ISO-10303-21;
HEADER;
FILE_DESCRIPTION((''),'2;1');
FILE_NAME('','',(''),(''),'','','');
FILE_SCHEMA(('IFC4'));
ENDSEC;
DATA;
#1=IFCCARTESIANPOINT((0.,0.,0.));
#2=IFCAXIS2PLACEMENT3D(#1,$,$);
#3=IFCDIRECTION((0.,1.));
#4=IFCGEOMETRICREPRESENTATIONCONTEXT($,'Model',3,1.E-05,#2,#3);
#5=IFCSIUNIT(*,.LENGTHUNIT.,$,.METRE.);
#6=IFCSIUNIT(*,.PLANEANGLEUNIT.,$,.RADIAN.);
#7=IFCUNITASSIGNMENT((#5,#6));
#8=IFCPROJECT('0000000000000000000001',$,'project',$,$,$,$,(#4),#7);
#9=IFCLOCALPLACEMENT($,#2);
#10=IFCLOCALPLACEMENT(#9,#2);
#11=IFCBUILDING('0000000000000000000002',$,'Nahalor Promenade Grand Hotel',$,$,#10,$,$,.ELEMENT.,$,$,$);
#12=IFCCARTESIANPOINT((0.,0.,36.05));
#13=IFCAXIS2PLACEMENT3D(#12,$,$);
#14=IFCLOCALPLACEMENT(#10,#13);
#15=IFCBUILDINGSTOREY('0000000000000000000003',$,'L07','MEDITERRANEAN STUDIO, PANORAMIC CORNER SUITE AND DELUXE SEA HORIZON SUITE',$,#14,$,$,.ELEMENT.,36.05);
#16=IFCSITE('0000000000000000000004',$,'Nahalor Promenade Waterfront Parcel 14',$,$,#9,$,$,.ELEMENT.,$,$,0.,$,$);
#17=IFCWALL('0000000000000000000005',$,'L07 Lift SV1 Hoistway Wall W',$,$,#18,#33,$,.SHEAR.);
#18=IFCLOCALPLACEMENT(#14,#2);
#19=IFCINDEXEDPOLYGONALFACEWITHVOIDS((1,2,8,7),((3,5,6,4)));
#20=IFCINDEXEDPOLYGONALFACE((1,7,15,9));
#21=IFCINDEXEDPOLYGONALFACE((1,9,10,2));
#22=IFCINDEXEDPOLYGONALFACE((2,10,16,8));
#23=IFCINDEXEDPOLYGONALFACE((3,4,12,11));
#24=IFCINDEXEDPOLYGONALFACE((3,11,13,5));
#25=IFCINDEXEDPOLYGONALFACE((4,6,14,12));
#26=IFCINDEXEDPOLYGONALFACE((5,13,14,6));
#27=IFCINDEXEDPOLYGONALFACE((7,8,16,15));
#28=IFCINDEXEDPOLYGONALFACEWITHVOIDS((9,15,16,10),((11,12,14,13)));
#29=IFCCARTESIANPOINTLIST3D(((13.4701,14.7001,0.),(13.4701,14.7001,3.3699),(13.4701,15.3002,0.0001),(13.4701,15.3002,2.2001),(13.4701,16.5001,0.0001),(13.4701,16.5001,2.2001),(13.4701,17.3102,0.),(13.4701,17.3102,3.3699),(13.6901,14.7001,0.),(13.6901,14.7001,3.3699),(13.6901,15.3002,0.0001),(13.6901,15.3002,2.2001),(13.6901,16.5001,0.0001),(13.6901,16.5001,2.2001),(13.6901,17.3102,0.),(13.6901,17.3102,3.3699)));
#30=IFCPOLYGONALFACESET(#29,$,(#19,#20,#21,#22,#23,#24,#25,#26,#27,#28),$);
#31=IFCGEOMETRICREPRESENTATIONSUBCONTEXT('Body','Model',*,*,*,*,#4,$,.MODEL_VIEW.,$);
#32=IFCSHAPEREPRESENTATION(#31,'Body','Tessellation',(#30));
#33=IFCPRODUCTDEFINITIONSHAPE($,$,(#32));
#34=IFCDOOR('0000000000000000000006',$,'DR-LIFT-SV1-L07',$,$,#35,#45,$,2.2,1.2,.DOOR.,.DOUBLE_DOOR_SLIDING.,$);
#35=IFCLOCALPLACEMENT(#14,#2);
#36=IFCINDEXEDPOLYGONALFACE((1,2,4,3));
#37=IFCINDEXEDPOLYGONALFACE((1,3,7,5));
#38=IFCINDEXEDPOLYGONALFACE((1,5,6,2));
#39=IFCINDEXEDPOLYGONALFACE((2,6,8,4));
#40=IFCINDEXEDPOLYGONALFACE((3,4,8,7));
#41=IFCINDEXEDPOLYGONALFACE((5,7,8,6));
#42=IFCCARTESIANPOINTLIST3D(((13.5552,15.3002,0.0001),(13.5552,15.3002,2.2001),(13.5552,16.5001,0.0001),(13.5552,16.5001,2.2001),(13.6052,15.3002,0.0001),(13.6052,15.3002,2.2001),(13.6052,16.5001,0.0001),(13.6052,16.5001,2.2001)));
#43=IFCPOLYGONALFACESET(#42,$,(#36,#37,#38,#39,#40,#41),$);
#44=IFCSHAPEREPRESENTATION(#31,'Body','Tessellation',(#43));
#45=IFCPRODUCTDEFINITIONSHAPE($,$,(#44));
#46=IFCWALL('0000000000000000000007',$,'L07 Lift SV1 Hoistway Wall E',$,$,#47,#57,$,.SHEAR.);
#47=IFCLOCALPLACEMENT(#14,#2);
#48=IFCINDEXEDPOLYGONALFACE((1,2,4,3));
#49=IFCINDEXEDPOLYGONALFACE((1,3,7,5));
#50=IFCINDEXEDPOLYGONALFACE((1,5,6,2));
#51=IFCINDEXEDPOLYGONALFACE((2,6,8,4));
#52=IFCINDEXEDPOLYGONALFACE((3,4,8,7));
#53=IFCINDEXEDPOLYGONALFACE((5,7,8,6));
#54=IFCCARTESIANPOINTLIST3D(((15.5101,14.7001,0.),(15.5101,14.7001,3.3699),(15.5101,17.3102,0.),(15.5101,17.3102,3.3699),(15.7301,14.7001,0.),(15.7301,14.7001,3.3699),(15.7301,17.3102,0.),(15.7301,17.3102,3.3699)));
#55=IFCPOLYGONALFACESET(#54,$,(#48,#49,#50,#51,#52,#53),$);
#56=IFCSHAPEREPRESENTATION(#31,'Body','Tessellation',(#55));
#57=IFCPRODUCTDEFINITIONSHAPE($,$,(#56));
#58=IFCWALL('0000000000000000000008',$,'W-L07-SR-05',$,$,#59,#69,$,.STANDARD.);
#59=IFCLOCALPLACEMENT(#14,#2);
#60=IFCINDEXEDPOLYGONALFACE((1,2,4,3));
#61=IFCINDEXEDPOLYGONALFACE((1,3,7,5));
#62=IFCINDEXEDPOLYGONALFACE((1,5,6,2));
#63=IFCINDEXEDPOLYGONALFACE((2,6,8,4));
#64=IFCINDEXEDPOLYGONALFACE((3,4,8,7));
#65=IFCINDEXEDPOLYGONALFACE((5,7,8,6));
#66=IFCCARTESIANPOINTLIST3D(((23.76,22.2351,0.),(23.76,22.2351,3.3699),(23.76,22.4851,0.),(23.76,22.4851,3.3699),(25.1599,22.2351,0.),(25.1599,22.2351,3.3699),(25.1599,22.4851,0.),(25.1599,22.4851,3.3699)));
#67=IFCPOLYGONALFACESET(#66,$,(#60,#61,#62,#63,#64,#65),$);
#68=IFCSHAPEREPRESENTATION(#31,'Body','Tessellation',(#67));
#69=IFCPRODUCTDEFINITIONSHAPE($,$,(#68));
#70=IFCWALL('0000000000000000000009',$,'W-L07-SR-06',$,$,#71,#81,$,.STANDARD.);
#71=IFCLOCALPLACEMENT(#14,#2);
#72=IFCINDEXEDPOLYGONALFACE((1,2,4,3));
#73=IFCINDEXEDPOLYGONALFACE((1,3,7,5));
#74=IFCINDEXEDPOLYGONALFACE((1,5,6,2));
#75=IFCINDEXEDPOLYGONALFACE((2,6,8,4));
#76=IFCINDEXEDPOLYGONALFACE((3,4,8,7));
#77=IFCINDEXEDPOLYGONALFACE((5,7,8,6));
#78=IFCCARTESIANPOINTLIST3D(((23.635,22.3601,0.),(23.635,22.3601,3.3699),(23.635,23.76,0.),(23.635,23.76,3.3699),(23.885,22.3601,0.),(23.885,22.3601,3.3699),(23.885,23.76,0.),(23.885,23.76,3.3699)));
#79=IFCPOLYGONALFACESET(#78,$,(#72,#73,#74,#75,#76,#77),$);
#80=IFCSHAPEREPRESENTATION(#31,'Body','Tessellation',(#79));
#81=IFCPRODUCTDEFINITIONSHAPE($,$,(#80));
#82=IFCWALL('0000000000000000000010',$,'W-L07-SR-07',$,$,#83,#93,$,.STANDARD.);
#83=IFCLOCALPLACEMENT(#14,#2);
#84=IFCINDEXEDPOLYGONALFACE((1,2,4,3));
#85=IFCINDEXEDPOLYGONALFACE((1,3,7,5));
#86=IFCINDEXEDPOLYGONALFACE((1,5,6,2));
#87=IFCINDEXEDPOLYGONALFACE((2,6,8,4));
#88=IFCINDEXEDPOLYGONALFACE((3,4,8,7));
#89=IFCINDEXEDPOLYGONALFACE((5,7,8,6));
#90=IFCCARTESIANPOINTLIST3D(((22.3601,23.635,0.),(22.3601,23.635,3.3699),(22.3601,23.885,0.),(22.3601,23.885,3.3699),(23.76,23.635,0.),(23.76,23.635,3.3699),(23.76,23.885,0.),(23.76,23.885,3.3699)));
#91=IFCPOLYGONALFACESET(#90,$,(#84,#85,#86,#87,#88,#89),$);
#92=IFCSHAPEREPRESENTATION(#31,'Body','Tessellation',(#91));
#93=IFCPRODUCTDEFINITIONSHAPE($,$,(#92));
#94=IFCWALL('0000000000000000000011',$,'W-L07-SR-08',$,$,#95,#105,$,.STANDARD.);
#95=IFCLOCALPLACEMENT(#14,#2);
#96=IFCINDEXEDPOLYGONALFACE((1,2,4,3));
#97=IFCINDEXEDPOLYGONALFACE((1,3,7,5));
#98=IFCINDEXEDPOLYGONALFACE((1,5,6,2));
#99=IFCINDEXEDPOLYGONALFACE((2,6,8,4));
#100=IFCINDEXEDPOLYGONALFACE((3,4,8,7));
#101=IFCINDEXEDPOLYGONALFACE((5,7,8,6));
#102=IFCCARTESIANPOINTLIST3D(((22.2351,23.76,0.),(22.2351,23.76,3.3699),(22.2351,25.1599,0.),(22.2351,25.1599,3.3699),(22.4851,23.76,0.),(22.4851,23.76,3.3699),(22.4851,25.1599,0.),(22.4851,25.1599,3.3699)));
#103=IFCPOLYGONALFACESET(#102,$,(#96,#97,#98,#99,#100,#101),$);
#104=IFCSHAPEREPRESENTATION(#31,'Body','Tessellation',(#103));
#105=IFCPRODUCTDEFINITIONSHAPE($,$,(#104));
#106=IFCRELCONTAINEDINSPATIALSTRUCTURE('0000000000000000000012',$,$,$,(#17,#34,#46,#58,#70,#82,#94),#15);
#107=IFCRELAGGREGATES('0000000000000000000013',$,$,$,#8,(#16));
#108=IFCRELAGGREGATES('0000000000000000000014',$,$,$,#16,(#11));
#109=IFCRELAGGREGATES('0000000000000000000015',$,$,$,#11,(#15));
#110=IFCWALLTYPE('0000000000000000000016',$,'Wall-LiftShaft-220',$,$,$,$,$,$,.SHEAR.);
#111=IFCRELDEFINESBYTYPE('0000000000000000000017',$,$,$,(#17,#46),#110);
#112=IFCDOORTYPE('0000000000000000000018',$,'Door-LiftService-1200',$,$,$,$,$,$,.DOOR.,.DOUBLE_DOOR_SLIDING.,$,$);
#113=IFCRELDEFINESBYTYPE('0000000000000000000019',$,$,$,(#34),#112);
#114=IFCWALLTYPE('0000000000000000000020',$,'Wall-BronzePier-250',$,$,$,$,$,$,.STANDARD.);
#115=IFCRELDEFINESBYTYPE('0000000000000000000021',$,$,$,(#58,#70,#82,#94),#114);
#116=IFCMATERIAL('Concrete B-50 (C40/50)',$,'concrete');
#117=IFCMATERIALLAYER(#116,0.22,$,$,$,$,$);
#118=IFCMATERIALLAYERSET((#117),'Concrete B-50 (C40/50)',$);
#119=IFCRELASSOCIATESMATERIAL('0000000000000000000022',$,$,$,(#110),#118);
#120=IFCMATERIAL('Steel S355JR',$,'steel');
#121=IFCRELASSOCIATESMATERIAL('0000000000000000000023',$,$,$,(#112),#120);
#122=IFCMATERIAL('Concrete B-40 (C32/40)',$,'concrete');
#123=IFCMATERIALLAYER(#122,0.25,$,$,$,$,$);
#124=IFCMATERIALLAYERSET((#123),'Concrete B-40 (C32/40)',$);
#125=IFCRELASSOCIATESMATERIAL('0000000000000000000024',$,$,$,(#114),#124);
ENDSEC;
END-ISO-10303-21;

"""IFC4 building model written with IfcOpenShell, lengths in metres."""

from ifc_helpers import new_model, si_unit, direction, frame, frame_2d, origin, place, context, subcontext, project, spatial, rectangle, extrude, source, transform, mapped, material, layer, layer_set, type_object, element, fill, save


model = new_model("IFC4")

# Units and contexts
model_context = context("Model", 3, precision=1e-05, world=origin(), true_north=direction((0.0, 1.0)))
body_context = subcontext(model_context, "Body", "Model", "MODEL_VIEW")
ifc_project = project(units=[si_unit("LENGTHUNIT", "METRE"), si_unit("PLANEANGLEUNIT", "RADIAN")], contexts=[model_context])

# Site, building, storey
site_placement = place(None, origin())
site = spatial("IfcSite", under=ifc_project, at=site_placement, Name="Nahalor Promenade Waterfront Parcel 14", CompositionType="ELEMENT", RefElevation=0.0)
building_placement = place(site_placement, origin())
building = spatial("IfcBuilding", under=site, at=building_placement, Name="Nahalor Promenade Grand Hotel", CompositionType="ELEMENT")
storey_placement = place(building_placement, frame((0.0, 0.0, 36.05)))
storey = spatial("IfcBuildingStorey", under=building, at=storey_placement, Name="L07", Description="MEDITERRANEAN STUDIO, PANORAMIC CORNER SUITE AND DELUXE SEA HORIZON SUITE", CompositionType="ELEMENT", Elevation=36.05)

# Shared definitions
ifc_material_1 = material(Name="Steel S355JR", Category="steel")

# Shared definitions
ifc_material_2 = material(Name="Concrete B-50 (C40/50)", Category="concrete")
ifc_layer_1 = layer(ifc_material_2, 0.22)
ifc_layer_set_1 = layer_set([ifc_layer_1], Name="Concrete B-50 (C40/50)")
wall_type_1 = type_object("IfcWallType", Name="Wall-LiftShaft-220", PredefinedType="SHEAR", material=ifc_layer_set_1)

# Wall, opening, door
shared_shape_1 = source(origin(), body_context, "Body", "SweptSolid", [
    extrude(rectangle(XDim=2.6101, YDim=0.22, at=frame_2d((1.3052, 0.0))), origin(), (0.0, 0.0, 1.0), 3.3699),
])
wall_1_placement = place(storey_placement, frame((13.5801, 14.7, 0.0), z_axis=(0.0, 0.0, 1.0), x_axis=(0.0, 1.0, 0.0)))
wall_1 = element("IfcWall", 1, at=wall_1_placement, inside=storey, type_object=wall_type_1, Name="L07 Lift SV1 Hoistway Wall W", PredefinedType="SHEAR", context=body_context, shape_type="MappedRepresentation", body=[
    mapped(shared_shape_1, transform((0.0, 0.0, 0.0), scale=1.0)),
])
opening_1_placement = place(wall_1_placement, frame((0.6001, 0.0, 0.0)))
opening_1 = element("IfcOpeningElement", 2, at=opening_1_placement, cuts=wall_1, PredefinedType="OPENING", context=body_context, shape_type="SweptSolid", body=[
    extrude(rectangle(XDim=1.2, YDim=2.2, at=frame_2d((0.6001, 1.1001))), frame((0.0, 0.1199, 0.0), z_axis=(0.0, -1.0, 0.0), x_axis=(1.0, 0.0, 0.0)), (0.0, 0.0, 1.0), 0.24),
])
door_type_1 = type_object("IfcDoorType", Name="Door-LiftService-1200", OperationType="DOUBLE_DOOR_SLIDING", PredefinedType="DOOR", material=ifc_material_1)
shared_shape_2 = source(origin(), body_context, "Body", "SweptSolid", [
    extrude(rectangle(XDim=1.2, YDim=2.2, at=frame_2d((0.6001, 1.1001))), frame((0.0, 0.0249, 0.0), z_axis=(0.0, -1.0, 0.0), x_axis=(1.0, 0.0, 0.0)), (0.0, 0.0, 1.0), 0.05),
])
door_1_placement = place(opening_1_placement, origin())
door_1 = element("IfcDoor", 3, at=door_1_placement, inside=storey, type_object=door_type_1, Name="DR-LIFT-SV1-L07", OperationType="DOUBLE_DOOR_SLIDING", OverallHeight=2.2, OverallWidth=1.2, PredefinedType="DOOR", context=body_context, shape_type="MappedRepresentation", body=[
    mapped(shared_shape_2, transform((0.0, 0.0, 0.0), scale=1.0)),
])
fill(opening_1, door_1)

# Walls
wall_2_placement = place(storey_placement, frame((15.6201, 14.7, 0.0), z_axis=(0.0, 0.0, 1.0), x_axis=(0.0, 1.0, 0.0)))
element("IfcWall", 4, at=wall_2_placement, inside=storey, type_object=wall_type_1, Name="L07 Lift SV1 Hoistway Wall E", PredefinedType="SHEAR", context=body_context, shape_type="MappedRepresentation", body=[
    mapped(shared_shape_1, transform((0.0, 0.0, 0.0), scale=1.0)),
])
ifc_material_3 = material(Name="Concrete B-40 (C32/40)", Category="concrete")
ifc_layer_2 = layer(ifc_material_3, 0.25)
ifc_layer_set_2 = layer_set([ifc_layer_2], Name="Concrete B-40 (C32/40)")
wall_type_2 = type_object("IfcWallType", Name="Wall-BronzePier-250", PredefinedType="STANDARD", material=ifc_layer_set_2)
shared_shape_3 = source(origin(), body_context, "Body", "SweptSolid", [
    extrude(rectangle(XDim=1.3999, YDim=0.25, at=frame_2d((0.7, 0.0))), origin(), (0.0, 0.0, 1.0), 3.3699),
])
for number, where, z_axis, x_axis, name in (
    (5, (23.76, 22.3601, 0.0), (0.0, 0.0, 1.0), (1.0, 0.0, 0.0), "W-L07-SR-05"),
    (6, (23.76, 22.3601, 0.0), (0.0, 0.0, 1.0), (0.0, 1.0, 0.0), "W-L07-SR-06"),
    (7, (22.3601, 23.76, 0.0), (0.0, 0.0, 1.0), (1.0, 0.0, 0.0), "W-L07-SR-07"),
    (8, (22.3601, 23.76, 0.0), (0.0, 0.0, 1.0), (0.0, 1.0, 0.0), "W-L07-SR-08"),
):
    element("IfcWall", number, at=place(storey_placement, frame(where, z_axis=z_axis, x_axis=x_axis)), inside=storey, type_object=wall_type_2, Name=name, PredefinedType="STANDARD", context=body_context, shape_type="MappedRepresentation", body=[
        mapped(shared_shape_3, transform((0.0, 0.0, 0.0), scale=1.0)),
    ])

save(model, "model.ifc")
